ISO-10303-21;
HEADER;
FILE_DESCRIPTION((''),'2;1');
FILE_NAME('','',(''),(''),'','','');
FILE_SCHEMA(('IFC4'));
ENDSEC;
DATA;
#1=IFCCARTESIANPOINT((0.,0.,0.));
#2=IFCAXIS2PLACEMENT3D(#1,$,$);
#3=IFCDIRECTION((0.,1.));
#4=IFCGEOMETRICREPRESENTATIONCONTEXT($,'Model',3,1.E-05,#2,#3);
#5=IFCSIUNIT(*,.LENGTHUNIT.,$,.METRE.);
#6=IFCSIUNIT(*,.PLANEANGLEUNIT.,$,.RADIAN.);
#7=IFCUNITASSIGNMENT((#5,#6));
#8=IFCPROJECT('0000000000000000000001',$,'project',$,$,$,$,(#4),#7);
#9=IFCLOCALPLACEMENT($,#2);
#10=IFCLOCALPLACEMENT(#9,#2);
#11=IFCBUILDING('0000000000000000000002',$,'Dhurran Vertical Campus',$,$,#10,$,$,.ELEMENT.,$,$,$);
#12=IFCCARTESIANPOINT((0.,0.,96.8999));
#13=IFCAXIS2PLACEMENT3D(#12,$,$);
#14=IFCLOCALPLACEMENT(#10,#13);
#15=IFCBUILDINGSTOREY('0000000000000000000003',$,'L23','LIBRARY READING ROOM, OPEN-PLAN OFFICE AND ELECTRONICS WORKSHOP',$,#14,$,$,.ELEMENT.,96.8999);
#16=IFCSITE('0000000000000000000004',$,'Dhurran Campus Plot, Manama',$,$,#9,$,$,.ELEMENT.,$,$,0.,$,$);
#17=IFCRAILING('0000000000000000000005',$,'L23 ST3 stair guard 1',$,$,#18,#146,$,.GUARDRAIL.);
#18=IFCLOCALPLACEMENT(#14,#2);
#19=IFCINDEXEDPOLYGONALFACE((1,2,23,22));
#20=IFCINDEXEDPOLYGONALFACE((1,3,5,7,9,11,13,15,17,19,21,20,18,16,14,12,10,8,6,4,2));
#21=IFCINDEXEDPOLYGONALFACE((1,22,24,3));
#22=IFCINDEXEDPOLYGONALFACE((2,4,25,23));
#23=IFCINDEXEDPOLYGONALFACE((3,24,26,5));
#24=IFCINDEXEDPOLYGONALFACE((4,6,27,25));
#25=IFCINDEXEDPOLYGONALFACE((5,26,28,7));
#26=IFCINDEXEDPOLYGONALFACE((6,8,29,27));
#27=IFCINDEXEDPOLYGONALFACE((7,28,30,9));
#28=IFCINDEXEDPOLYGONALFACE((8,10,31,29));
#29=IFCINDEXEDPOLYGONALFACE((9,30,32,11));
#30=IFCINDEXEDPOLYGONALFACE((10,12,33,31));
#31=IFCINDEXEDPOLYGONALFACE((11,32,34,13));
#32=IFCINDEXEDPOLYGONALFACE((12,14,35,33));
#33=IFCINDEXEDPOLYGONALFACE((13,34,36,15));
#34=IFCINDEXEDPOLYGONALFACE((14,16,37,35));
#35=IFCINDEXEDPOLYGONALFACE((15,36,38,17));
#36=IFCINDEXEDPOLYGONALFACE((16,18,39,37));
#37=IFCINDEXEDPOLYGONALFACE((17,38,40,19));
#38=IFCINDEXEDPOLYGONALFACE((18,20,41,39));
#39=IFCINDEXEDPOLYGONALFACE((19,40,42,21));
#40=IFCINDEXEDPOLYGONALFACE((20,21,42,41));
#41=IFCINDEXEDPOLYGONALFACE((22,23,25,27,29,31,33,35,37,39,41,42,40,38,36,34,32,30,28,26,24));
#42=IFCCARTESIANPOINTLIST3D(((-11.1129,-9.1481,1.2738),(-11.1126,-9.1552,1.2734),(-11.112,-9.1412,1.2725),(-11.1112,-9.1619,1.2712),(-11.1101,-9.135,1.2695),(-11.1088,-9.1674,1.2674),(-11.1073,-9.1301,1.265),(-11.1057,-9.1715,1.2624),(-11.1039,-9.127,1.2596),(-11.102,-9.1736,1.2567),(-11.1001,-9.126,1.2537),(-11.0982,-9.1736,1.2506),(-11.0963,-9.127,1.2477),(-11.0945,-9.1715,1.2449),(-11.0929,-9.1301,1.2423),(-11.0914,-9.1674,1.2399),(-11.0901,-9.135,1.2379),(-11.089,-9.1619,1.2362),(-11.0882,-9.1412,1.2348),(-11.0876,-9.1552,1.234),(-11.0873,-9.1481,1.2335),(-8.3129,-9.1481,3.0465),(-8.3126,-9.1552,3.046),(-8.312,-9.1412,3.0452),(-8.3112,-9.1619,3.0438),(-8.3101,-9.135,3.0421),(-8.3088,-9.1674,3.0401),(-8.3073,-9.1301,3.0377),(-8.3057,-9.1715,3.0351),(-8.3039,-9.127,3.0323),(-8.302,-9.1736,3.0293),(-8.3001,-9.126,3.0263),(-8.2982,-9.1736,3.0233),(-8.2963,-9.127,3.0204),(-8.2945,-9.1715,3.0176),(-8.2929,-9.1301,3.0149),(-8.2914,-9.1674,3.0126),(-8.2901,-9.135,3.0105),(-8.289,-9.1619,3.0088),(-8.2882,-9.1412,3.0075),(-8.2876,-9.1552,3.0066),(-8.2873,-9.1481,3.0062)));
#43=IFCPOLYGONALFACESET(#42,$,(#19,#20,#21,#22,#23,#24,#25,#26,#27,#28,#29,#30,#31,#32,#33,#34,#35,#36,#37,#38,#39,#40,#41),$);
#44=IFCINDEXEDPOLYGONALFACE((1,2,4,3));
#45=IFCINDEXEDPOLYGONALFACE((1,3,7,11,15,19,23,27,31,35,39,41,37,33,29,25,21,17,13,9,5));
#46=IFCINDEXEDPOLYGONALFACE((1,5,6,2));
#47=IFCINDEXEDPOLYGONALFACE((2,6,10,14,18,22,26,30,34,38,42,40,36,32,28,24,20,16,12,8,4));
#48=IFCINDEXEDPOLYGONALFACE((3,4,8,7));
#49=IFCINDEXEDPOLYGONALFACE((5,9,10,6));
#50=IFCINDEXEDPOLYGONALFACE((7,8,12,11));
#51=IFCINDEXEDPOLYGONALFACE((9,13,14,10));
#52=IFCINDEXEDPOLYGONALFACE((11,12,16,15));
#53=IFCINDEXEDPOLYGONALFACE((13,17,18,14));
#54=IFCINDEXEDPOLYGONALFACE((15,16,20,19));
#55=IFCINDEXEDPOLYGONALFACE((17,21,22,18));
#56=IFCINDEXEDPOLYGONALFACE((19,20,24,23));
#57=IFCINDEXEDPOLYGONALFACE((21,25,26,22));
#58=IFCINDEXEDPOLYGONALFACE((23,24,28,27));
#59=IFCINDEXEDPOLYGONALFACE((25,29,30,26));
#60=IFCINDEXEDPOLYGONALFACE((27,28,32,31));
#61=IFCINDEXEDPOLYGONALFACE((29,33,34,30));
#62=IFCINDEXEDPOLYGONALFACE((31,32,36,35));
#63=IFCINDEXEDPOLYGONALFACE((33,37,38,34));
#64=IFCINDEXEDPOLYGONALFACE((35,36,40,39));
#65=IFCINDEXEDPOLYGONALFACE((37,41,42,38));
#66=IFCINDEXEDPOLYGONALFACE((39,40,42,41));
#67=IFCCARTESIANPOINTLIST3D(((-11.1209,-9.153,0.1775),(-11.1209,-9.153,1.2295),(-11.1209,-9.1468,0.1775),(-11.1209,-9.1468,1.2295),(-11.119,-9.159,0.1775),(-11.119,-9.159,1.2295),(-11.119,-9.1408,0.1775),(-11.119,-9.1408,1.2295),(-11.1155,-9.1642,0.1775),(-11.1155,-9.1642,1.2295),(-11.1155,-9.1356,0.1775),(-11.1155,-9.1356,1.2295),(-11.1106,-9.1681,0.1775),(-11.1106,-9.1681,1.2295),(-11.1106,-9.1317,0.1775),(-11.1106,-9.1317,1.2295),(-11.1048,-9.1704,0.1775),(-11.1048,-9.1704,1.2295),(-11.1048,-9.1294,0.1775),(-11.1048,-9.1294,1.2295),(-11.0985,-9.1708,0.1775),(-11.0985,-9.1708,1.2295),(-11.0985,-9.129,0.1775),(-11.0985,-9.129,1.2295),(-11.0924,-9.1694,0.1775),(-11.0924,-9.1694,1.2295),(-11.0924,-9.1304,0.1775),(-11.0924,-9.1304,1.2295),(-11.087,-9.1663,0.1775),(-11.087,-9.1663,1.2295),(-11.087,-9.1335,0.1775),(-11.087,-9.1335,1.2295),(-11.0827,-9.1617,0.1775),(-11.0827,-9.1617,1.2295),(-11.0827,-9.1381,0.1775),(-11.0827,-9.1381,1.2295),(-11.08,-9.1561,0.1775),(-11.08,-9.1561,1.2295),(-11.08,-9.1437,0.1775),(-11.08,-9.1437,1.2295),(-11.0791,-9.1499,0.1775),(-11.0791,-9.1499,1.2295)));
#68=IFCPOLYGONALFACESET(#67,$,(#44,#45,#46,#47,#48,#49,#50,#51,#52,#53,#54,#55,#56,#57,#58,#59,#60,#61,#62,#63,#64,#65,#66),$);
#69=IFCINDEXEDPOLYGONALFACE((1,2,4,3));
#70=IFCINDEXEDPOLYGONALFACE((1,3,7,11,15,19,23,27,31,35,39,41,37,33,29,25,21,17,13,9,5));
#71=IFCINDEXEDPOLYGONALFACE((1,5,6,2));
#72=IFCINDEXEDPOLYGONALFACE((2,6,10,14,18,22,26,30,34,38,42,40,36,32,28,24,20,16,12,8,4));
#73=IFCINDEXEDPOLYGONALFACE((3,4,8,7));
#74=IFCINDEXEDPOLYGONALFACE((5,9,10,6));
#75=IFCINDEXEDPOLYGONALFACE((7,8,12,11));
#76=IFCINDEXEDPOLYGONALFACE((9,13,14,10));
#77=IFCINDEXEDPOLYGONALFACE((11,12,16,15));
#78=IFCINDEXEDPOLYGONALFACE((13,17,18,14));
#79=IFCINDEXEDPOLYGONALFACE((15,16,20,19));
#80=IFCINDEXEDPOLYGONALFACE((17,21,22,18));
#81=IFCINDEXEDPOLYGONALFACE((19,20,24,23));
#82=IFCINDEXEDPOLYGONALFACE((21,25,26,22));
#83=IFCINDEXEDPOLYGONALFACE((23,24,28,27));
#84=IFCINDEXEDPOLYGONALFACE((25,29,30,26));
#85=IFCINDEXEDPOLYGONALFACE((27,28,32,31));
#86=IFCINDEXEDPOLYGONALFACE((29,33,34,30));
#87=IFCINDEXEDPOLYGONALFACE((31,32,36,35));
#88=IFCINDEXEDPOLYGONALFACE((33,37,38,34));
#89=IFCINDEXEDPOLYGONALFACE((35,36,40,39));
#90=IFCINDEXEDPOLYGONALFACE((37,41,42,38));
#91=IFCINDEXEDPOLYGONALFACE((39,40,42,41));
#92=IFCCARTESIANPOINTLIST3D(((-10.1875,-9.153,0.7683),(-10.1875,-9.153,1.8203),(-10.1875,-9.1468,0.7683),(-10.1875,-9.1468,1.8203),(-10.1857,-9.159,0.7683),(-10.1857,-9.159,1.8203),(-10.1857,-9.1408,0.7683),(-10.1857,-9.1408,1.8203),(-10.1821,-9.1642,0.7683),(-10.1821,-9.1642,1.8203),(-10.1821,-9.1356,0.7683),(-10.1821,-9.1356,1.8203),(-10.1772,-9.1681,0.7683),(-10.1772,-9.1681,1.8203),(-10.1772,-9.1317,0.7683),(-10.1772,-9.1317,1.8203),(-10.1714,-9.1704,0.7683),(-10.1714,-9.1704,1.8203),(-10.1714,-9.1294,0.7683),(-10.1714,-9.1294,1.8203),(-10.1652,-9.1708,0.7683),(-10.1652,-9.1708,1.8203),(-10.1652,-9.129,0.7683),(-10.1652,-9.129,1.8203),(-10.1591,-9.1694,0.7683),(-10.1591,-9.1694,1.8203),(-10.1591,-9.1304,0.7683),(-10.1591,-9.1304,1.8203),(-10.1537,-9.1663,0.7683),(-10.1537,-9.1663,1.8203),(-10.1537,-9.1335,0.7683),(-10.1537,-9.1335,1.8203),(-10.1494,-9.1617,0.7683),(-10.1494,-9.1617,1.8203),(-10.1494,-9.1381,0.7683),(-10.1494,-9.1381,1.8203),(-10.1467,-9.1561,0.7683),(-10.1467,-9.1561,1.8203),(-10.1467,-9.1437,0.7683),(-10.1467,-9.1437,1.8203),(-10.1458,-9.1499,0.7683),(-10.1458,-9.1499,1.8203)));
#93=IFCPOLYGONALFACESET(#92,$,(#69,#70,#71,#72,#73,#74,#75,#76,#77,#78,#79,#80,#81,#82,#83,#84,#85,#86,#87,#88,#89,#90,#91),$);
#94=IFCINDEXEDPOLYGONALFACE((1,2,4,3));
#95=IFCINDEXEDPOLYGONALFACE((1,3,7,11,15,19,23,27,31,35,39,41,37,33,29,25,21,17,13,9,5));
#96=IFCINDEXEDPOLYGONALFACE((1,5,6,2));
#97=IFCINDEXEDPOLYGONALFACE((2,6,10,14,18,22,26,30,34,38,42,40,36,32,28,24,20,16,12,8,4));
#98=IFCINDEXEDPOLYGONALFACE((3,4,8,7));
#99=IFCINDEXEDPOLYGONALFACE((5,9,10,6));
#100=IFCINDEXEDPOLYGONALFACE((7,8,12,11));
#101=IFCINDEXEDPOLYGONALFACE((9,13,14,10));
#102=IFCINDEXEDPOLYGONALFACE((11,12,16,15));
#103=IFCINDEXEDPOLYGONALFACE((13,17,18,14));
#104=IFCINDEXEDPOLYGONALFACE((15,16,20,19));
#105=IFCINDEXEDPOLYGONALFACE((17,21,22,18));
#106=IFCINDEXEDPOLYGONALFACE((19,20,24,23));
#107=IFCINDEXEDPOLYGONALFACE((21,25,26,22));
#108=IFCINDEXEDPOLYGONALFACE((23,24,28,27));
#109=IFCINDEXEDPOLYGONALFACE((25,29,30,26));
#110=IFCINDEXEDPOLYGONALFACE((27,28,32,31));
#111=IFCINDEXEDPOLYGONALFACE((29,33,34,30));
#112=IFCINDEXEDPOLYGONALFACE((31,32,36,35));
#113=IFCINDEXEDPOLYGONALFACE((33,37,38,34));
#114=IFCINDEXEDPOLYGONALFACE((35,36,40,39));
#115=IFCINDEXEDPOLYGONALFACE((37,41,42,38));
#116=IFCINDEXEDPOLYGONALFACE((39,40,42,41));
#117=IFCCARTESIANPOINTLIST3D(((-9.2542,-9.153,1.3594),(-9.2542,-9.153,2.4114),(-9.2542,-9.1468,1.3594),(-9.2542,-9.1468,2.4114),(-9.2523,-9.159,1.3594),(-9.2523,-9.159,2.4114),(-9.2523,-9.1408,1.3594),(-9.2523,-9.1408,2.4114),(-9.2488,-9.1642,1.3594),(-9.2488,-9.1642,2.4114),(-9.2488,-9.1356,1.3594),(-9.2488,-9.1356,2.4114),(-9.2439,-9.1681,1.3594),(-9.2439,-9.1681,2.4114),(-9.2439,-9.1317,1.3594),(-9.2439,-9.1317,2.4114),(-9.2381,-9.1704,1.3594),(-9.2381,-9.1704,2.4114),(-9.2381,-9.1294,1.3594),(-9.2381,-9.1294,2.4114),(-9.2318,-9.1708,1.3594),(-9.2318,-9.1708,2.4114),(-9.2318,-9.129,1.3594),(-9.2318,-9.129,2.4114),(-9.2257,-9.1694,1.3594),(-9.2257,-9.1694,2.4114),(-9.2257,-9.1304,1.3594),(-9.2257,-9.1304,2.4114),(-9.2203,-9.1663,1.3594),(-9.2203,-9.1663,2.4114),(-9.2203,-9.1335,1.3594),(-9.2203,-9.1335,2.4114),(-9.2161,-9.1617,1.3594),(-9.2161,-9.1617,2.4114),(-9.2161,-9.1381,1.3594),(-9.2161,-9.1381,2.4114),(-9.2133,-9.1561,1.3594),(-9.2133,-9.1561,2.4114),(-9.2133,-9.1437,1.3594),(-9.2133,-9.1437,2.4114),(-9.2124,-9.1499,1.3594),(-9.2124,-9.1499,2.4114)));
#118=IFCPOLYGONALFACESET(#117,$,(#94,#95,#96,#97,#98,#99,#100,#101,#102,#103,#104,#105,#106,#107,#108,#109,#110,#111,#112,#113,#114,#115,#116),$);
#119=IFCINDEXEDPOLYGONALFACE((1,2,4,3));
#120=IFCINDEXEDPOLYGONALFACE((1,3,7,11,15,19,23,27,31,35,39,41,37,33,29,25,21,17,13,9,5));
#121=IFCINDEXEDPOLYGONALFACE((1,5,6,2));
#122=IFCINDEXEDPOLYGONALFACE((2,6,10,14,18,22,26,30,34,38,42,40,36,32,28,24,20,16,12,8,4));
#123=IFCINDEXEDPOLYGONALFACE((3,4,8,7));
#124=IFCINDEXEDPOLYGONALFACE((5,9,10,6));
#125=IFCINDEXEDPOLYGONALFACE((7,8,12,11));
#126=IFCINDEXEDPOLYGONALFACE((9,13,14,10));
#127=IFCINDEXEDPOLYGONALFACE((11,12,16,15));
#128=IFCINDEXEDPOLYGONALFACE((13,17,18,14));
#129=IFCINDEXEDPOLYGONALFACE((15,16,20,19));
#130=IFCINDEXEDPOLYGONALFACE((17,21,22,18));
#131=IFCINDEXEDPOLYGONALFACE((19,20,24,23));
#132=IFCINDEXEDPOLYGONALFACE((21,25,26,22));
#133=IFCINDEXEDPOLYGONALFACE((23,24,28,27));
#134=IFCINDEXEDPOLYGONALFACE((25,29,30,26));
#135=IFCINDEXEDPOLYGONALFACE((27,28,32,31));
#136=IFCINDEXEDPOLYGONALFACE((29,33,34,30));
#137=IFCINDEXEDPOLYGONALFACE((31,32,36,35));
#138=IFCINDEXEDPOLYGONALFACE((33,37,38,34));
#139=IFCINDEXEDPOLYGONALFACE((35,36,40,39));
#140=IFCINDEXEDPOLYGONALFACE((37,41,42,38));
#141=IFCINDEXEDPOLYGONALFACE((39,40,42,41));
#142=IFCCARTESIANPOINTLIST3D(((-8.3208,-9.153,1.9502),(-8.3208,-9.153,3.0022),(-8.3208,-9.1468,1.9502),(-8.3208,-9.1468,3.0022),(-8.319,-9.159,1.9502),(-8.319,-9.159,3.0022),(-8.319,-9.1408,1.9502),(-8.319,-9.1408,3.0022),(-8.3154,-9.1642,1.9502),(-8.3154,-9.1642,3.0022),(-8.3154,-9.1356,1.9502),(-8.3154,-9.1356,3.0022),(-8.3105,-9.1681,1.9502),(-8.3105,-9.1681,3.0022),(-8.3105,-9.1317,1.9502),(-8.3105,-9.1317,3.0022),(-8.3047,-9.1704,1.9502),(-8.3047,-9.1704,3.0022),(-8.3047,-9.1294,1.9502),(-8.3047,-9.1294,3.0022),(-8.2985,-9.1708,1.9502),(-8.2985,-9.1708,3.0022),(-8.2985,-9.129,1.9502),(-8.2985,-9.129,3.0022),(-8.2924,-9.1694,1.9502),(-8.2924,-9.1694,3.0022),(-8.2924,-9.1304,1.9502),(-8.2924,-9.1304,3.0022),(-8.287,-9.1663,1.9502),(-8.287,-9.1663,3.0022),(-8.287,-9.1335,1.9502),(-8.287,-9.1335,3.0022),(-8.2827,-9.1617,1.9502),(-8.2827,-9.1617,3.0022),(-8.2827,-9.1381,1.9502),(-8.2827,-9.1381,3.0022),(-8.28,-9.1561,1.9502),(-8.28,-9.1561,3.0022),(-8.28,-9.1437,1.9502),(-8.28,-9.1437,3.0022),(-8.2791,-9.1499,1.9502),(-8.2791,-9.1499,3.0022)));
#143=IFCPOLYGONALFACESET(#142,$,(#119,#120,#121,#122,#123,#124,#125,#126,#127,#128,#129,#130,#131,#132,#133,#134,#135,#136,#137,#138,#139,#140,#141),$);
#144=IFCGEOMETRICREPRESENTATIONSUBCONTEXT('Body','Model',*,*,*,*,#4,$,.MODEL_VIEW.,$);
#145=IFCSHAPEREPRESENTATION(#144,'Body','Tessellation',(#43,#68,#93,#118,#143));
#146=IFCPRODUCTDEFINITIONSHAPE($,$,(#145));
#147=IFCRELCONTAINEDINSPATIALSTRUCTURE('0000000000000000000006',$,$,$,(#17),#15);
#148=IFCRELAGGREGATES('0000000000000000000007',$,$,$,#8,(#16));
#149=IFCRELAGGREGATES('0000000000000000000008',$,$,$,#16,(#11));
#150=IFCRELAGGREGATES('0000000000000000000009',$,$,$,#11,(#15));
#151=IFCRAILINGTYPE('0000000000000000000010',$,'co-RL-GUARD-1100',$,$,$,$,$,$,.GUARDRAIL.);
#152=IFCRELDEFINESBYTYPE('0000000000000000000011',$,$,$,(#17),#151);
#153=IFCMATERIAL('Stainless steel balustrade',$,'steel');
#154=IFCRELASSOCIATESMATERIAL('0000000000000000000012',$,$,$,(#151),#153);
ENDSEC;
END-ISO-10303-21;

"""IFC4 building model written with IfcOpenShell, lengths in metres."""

from ifc_helpers import new_model, si_unit, direction, frame, origin, origin_2d, place, context, subcontext, project, spatial, circle, extrude, material, type_object, element, save


model = new_model("IFC4")

# Units and contexts
model_context = context("Model", 3, precision=1e-05, world=origin(), true_north=direction((0.0, 1.0)))
body_context = subcontext(model_context, "Body", "Model", "MODEL_VIEW")
ifc_project = project(units=[si_unit("LENGTHUNIT", "METRE"), si_unit("PLANEANGLEUNIT", "RADIAN")], contexts=[model_context])

# Site, building, storey
site_placement = place(None, origin())
site = spatial("IfcSite", under=ifc_project, at=site_placement, Name="Dhurran Campus Plot, Manama", CompositionType="ELEMENT", RefElevation=0.0)
building_placement = place(site_placement, origin())
building = spatial("IfcBuilding", under=site, at=building_placement, Name="Dhurran Vertical Campus", CompositionType="ELEMENT")
storey_placement = place(building_placement, frame((0.0, 0.0, 96.8999)))
storey = spatial("IfcBuildingStorey", under=building, at=storey_placement, Name="L23", Description="LIBRARY READING ROOM, OPEN-PLAN OFFICE AND ELECTRONICS WORKSHOP", CompositionType="ELEMENT", Elevation=96.8999)

# Railing
ifc_material_1 = material(Name="Stainless steel balustrade", Category="steel")
railing_type_1 = type_object("IfcRailingType", Name="co-RL-GUARD-1100", PredefinedType="GUARDRAIL", material=ifc_material_1)
railing_1_placement = place(storey_placement, frame((-11.1001, -9.1499, 0.1775)))
element("IfcRailing", 1, at=railing_1_placement, inside=storey, type_object=railing_type_1, Name="L23 ST3 stair guard 1", PredefinedType="GUARDRAIL", context=body_context, shape_type="SweptSolid", body=[
    extrude(circle(Radius=0.0239, at=origin_2d()), frame((0.0, 0.0, 1.0762), z_axis=(0.844909, 0.0, 0.53491), x_axis=(0.0, 1.0, 0.0)), (0.0, 0.0, 1.0), 3.314),
    extrude(circle(Radius=0.021, at=origin_2d()), origin(), (0.0, 0.0, 1.0), 1.052),
    extrude(circle(Radius=0.021, at=origin_2d()), frame((0.9333, 0.0, 0.5908)), (0.0, 0.0, 1.0), 1.052),
    extrude(circle(Radius=0.021, at=origin_2d()), frame((1.8667, 0.0, 1.1819)), (0.0, 0.0, 1.0), 1.052),
    extrude(circle(Radius=0.021, at=origin_2d()), frame((2.8, 0.0, 1.7727)), (0.0, 0.0, 1.0), 1.052),
])

save(model, "model.ifc")
